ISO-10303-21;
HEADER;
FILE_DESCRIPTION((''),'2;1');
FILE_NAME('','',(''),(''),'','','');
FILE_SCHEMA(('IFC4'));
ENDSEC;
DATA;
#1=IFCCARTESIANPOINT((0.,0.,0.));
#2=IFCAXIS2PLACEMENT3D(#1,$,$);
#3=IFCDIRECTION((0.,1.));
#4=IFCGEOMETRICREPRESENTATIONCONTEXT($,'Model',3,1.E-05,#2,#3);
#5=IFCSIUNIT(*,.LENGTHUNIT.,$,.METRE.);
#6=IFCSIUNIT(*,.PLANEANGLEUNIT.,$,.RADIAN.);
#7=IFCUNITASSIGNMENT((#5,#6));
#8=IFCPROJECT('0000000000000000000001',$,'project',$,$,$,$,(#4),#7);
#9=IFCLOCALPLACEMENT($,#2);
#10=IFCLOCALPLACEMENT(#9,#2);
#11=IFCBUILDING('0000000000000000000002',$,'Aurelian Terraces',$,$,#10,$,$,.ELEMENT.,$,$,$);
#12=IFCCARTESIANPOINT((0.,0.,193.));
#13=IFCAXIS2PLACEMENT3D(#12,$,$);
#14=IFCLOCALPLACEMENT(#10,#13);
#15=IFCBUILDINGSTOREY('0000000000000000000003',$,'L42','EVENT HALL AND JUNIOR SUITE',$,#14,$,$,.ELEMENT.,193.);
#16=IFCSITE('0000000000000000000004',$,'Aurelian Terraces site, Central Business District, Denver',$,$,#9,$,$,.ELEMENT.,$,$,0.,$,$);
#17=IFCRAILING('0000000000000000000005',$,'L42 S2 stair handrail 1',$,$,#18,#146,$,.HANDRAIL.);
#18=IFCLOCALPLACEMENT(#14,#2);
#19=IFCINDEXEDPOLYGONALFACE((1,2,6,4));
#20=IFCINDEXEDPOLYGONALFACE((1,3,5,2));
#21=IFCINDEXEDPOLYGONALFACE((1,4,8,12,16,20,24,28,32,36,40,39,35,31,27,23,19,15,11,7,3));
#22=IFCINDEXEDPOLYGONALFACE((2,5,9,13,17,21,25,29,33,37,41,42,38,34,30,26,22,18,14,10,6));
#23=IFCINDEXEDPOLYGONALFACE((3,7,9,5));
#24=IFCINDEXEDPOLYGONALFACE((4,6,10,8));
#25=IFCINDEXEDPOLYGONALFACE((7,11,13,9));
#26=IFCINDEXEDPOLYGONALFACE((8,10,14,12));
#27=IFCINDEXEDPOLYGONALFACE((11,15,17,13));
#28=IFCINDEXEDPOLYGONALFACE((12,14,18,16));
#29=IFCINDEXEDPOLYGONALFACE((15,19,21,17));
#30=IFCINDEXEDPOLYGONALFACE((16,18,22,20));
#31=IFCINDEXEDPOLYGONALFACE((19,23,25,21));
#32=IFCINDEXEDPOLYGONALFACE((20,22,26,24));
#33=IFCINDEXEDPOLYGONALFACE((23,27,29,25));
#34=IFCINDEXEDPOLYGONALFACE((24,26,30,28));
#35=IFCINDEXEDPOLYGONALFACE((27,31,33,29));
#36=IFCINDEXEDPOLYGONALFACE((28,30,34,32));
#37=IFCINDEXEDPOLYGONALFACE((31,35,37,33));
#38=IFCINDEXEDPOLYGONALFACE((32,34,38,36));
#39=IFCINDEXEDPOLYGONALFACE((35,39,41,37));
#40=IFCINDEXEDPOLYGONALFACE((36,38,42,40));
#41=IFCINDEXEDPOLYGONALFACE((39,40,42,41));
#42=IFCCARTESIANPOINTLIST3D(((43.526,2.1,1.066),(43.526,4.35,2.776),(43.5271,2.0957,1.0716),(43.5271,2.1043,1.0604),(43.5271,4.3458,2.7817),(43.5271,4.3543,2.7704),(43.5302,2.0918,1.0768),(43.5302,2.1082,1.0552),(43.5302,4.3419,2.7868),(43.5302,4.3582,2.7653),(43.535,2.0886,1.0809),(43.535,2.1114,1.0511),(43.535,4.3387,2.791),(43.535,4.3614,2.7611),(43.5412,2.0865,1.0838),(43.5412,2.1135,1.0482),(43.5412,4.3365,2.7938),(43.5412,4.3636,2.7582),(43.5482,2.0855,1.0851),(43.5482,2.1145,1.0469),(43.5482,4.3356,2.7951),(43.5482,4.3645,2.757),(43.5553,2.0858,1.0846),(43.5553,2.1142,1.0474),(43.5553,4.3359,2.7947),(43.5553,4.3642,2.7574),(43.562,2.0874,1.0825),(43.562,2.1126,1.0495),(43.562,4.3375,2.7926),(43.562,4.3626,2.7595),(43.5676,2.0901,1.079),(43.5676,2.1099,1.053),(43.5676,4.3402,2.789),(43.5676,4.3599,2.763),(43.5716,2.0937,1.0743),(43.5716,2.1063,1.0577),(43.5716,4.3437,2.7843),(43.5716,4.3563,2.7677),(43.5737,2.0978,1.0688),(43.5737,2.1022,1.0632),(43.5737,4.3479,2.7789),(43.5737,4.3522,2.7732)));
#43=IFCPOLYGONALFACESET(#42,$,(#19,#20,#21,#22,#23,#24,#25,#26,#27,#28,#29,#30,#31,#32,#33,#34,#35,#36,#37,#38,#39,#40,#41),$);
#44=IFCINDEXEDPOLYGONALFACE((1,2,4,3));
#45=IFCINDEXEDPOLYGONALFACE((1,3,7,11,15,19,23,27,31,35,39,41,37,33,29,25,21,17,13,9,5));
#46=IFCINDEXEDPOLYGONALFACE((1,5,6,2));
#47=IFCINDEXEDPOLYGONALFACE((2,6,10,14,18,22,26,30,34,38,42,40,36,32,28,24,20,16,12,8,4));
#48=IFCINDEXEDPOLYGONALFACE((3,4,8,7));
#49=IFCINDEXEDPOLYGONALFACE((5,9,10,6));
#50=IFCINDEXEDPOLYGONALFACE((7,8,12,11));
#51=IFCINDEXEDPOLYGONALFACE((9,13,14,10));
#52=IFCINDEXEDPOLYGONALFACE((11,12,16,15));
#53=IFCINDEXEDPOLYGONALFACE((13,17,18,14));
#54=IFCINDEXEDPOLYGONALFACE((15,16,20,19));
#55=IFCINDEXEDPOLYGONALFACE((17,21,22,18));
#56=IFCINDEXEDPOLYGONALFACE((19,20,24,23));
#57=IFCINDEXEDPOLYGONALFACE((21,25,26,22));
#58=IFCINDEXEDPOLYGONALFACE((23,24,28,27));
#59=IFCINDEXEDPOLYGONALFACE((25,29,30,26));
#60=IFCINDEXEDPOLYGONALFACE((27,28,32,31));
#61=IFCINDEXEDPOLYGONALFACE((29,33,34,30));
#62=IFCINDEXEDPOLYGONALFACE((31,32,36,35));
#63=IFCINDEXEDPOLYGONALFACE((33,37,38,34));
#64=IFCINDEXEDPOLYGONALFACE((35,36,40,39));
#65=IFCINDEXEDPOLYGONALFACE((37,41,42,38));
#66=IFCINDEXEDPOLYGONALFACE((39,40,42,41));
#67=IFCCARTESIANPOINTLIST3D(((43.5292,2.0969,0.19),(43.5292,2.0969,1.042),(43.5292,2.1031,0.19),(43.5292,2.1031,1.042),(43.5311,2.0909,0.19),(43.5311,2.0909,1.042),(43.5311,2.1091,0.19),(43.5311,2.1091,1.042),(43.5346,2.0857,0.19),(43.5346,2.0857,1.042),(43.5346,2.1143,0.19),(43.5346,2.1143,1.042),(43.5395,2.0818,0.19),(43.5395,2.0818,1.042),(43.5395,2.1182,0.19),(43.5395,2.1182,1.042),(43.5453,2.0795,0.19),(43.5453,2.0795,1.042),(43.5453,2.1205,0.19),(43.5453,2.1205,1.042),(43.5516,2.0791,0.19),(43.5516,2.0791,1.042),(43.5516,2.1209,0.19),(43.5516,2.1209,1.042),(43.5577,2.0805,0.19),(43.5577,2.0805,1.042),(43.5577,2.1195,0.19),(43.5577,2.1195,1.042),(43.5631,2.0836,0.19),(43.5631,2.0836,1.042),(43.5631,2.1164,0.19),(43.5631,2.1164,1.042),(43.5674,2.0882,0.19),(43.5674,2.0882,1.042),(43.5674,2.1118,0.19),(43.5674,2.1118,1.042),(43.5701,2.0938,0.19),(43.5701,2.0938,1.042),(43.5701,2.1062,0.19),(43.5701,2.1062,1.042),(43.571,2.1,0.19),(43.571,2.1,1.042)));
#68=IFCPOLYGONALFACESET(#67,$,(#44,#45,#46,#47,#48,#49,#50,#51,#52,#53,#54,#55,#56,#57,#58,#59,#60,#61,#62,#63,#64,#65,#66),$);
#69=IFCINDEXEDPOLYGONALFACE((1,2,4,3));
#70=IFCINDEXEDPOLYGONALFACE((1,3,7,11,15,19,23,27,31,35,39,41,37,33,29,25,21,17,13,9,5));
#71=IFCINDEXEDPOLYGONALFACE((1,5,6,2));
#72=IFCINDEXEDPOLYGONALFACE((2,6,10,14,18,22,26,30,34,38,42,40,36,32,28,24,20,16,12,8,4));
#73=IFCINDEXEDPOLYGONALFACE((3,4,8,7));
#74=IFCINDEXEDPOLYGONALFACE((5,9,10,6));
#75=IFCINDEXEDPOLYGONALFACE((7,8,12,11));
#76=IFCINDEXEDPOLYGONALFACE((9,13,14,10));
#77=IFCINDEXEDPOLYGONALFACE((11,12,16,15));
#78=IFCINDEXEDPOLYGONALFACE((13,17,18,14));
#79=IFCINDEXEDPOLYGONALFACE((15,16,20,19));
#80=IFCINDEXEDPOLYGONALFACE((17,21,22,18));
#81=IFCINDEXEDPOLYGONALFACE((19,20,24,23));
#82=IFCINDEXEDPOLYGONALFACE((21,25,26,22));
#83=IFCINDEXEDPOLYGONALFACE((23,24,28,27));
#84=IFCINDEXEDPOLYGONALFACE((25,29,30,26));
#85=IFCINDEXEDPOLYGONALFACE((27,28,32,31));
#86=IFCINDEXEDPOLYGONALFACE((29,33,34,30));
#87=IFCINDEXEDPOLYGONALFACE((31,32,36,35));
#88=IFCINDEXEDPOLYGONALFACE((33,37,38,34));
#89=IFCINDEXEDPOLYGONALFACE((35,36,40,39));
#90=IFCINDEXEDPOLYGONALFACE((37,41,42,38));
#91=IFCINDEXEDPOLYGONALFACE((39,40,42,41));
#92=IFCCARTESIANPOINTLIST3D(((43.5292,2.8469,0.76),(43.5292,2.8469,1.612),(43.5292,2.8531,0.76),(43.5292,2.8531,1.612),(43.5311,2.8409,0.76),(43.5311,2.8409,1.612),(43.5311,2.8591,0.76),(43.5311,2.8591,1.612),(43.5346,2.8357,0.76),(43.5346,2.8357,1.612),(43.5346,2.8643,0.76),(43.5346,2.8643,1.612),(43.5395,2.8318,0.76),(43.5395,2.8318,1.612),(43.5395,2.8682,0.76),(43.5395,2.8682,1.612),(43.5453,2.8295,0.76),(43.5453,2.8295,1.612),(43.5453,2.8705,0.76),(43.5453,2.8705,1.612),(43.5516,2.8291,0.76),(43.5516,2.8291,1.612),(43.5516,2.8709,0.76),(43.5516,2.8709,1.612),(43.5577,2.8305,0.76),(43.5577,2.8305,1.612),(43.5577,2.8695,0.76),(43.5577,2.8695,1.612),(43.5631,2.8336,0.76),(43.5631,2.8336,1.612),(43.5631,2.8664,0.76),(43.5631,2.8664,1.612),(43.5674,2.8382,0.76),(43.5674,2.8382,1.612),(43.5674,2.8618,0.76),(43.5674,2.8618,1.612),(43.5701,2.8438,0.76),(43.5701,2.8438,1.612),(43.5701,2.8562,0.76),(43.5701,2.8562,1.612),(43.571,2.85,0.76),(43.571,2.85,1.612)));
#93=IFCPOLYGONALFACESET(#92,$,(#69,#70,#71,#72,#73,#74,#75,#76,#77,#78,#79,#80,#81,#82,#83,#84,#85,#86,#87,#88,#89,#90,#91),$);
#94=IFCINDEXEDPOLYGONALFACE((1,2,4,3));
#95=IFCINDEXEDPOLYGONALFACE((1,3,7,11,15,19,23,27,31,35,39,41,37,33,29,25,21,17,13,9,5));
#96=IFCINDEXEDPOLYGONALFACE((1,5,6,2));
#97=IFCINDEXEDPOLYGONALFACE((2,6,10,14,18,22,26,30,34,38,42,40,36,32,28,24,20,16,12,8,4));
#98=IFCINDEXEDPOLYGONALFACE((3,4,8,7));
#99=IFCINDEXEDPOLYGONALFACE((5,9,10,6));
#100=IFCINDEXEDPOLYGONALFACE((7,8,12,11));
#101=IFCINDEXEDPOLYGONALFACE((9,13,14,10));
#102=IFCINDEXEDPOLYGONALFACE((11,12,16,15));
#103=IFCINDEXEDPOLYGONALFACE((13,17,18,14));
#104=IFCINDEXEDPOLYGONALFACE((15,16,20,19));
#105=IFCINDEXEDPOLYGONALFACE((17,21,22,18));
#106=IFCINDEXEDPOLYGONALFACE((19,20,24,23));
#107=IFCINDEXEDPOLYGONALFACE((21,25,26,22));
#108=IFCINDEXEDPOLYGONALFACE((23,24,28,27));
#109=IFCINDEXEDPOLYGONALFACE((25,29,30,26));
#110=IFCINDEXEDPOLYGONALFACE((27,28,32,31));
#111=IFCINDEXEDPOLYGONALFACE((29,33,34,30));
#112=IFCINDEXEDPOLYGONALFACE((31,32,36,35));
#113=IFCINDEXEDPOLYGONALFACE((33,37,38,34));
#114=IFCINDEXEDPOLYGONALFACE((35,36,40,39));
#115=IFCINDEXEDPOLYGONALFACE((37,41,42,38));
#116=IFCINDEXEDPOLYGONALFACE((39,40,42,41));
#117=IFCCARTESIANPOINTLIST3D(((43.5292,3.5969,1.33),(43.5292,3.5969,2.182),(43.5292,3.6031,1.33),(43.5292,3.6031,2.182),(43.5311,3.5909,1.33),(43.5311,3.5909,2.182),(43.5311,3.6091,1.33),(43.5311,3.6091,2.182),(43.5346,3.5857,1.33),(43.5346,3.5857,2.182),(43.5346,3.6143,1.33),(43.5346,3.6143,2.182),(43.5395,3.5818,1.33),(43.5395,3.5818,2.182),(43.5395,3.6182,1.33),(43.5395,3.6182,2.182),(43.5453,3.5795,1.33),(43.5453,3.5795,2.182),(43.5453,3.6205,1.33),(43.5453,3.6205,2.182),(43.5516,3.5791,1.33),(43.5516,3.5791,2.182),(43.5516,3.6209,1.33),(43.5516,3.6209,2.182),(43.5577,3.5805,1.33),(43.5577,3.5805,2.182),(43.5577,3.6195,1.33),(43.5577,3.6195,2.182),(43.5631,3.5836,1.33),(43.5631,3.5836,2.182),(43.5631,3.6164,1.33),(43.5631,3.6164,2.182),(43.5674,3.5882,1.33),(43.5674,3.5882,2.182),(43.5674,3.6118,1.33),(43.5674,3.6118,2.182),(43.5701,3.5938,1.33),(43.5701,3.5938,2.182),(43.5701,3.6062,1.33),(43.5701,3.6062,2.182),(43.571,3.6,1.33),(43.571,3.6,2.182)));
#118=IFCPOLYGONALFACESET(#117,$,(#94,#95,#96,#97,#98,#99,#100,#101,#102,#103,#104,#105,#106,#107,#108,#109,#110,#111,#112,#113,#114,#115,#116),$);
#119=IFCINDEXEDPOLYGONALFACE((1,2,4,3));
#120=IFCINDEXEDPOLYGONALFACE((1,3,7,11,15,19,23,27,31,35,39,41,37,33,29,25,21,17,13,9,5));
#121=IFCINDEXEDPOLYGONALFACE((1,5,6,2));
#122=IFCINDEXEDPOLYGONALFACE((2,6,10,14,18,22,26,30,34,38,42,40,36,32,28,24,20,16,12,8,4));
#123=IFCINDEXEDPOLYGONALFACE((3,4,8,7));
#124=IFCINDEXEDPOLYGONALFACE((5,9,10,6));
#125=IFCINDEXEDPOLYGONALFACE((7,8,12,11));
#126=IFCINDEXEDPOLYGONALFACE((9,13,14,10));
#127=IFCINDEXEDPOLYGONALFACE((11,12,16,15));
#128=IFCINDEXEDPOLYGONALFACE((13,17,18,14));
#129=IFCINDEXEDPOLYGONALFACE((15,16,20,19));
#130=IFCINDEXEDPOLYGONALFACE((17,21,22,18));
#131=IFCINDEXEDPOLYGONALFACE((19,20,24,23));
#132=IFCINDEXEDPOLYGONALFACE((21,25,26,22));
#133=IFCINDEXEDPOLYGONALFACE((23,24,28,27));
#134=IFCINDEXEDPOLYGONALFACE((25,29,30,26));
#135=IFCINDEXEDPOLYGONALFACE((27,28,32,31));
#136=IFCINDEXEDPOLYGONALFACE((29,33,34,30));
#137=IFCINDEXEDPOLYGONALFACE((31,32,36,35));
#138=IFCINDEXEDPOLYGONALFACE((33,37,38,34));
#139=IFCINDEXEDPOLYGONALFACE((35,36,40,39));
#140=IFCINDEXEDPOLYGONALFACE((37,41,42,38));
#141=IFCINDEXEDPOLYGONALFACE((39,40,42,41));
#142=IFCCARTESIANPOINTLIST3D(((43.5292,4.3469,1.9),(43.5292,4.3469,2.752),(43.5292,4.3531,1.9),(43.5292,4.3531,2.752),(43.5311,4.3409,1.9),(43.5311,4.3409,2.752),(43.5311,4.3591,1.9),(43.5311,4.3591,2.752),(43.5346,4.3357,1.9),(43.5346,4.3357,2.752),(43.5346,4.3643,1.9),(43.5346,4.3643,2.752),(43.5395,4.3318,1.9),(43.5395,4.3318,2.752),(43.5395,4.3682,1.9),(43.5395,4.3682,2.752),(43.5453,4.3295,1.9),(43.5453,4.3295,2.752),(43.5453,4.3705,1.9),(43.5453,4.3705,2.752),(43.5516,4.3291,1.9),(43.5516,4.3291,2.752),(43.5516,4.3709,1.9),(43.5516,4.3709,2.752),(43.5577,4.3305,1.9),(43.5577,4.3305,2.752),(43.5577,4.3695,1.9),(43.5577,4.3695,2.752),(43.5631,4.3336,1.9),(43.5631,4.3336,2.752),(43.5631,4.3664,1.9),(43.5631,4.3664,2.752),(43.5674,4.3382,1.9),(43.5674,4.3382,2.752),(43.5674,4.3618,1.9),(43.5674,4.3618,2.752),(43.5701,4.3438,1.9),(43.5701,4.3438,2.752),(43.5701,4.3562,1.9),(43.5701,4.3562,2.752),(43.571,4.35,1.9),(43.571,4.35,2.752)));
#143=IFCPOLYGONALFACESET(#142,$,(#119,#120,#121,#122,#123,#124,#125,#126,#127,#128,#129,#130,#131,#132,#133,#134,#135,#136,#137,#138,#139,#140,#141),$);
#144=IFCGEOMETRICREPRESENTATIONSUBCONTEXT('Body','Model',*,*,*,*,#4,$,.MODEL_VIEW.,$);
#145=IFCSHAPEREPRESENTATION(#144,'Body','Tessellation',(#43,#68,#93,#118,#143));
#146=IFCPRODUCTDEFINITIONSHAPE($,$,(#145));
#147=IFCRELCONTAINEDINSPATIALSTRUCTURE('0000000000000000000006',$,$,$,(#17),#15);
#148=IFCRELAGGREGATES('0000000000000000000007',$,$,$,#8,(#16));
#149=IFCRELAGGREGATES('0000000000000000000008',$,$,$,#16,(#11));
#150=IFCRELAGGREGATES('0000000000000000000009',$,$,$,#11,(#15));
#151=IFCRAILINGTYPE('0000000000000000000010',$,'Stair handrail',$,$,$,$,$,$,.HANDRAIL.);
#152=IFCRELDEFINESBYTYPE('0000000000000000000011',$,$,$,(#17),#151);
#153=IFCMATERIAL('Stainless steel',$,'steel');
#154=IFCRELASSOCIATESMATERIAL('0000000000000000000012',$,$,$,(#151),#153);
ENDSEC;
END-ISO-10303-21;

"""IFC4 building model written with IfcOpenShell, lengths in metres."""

from ifc_helpers import new_model, si_unit, direction, frame, origin, origin_2d, place, context, subcontext, project, spatial, circle, extrude, source, transform, mapped, material, type_object, element, save


model = new_model("IFC4")

# Units and contexts
model_context = context("Model", 3, precision=1e-05, world=origin(), true_north=direction((0.0, 1.0)))
body_context = subcontext(model_context, "Body", "Model", "MODEL_VIEW")
ifc_project = project(units=[si_unit("LENGTHUNIT", "METRE"), si_unit("PLANEANGLEUNIT", "RADIAN")], contexts=[model_context])

# Site, building, storey
site_placement = place(None, origin())
site = spatial("IfcSite", under=ifc_project, at=site_placement, Name="Aurelian Terraces site, Central Business District, Denver", CompositionType="ELEMENT", RefElevation=0.0)
building_placement = place(site_placement, origin())
building = spatial("IfcBuilding", under=site, at=building_placement, Name="Aurelian Terraces", CompositionType="ELEMENT")
storey_placement = place(building_placement, frame((0.0, 0.0, 193.0)))
storey = spatial("IfcBuildingStorey", under=building, at=storey_placement, Name="L42", Description="EVENT HALL AND JUNIOR SUITE", CompositionType="ELEMENT", Elevation=193.0)

# Railing
ifc_material_1 = material(Name="Stainless steel", Category="steel")
railing_type_1 = type_object("IfcRailingType", Name="Stair handrail", PredefinedType="HANDRAIL", material=ifc_material_1)
shared_shape_1 = source(origin(), body_context, "Body", "SweptSolid", [
    extrude(circle(Radius=0.024, at=origin_2d()), frame((0.0, 0.0, 0.876), z_axis=(0.0, 0.796162, 0.605083), x_axis=(-1.0, 0.0, 0.0)), (0.0, 0.0, 1.0), 2.8261),
    extrude(circle(Radius=0.021, at=origin_2d()), origin(), (0.0, 0.0, 1.0), 0.852),
    extrude(circle(Radius=0.021, at=origin_2d()), frame((0.0, 0.75, 0.57)), (0.0, 0.0, 1.0), 0.852),
    extrude(circle(Radius=0.021, at=origin_2d()), frame((0.0, 1.5, 1.14)), (0.0, 0.0, 1.0), 0.852),
    extrude(circle(Radius=0.021, at=origin_2d()), frame((0.0, 2.25, 1.71)), (0.0, 0.0, 1.0), 0.852),
])
railing_1_placement = place(storey_placement, frame((43.55, 2.1, 0.19)))
element("IfcRailing", 1, at=railing_1_placement, inside=storey, type_object=railing_type_1, Name="L42 S2 stair handrail 1", PredefinedType="HANDRAIL", context=body_context, shape_type="MappedRepresentation", body=[
    mapped(shared_shape_1, transform((0.0, 0.0, 0.0), scale=1.0)),
])

save(model, "model.ifc")
